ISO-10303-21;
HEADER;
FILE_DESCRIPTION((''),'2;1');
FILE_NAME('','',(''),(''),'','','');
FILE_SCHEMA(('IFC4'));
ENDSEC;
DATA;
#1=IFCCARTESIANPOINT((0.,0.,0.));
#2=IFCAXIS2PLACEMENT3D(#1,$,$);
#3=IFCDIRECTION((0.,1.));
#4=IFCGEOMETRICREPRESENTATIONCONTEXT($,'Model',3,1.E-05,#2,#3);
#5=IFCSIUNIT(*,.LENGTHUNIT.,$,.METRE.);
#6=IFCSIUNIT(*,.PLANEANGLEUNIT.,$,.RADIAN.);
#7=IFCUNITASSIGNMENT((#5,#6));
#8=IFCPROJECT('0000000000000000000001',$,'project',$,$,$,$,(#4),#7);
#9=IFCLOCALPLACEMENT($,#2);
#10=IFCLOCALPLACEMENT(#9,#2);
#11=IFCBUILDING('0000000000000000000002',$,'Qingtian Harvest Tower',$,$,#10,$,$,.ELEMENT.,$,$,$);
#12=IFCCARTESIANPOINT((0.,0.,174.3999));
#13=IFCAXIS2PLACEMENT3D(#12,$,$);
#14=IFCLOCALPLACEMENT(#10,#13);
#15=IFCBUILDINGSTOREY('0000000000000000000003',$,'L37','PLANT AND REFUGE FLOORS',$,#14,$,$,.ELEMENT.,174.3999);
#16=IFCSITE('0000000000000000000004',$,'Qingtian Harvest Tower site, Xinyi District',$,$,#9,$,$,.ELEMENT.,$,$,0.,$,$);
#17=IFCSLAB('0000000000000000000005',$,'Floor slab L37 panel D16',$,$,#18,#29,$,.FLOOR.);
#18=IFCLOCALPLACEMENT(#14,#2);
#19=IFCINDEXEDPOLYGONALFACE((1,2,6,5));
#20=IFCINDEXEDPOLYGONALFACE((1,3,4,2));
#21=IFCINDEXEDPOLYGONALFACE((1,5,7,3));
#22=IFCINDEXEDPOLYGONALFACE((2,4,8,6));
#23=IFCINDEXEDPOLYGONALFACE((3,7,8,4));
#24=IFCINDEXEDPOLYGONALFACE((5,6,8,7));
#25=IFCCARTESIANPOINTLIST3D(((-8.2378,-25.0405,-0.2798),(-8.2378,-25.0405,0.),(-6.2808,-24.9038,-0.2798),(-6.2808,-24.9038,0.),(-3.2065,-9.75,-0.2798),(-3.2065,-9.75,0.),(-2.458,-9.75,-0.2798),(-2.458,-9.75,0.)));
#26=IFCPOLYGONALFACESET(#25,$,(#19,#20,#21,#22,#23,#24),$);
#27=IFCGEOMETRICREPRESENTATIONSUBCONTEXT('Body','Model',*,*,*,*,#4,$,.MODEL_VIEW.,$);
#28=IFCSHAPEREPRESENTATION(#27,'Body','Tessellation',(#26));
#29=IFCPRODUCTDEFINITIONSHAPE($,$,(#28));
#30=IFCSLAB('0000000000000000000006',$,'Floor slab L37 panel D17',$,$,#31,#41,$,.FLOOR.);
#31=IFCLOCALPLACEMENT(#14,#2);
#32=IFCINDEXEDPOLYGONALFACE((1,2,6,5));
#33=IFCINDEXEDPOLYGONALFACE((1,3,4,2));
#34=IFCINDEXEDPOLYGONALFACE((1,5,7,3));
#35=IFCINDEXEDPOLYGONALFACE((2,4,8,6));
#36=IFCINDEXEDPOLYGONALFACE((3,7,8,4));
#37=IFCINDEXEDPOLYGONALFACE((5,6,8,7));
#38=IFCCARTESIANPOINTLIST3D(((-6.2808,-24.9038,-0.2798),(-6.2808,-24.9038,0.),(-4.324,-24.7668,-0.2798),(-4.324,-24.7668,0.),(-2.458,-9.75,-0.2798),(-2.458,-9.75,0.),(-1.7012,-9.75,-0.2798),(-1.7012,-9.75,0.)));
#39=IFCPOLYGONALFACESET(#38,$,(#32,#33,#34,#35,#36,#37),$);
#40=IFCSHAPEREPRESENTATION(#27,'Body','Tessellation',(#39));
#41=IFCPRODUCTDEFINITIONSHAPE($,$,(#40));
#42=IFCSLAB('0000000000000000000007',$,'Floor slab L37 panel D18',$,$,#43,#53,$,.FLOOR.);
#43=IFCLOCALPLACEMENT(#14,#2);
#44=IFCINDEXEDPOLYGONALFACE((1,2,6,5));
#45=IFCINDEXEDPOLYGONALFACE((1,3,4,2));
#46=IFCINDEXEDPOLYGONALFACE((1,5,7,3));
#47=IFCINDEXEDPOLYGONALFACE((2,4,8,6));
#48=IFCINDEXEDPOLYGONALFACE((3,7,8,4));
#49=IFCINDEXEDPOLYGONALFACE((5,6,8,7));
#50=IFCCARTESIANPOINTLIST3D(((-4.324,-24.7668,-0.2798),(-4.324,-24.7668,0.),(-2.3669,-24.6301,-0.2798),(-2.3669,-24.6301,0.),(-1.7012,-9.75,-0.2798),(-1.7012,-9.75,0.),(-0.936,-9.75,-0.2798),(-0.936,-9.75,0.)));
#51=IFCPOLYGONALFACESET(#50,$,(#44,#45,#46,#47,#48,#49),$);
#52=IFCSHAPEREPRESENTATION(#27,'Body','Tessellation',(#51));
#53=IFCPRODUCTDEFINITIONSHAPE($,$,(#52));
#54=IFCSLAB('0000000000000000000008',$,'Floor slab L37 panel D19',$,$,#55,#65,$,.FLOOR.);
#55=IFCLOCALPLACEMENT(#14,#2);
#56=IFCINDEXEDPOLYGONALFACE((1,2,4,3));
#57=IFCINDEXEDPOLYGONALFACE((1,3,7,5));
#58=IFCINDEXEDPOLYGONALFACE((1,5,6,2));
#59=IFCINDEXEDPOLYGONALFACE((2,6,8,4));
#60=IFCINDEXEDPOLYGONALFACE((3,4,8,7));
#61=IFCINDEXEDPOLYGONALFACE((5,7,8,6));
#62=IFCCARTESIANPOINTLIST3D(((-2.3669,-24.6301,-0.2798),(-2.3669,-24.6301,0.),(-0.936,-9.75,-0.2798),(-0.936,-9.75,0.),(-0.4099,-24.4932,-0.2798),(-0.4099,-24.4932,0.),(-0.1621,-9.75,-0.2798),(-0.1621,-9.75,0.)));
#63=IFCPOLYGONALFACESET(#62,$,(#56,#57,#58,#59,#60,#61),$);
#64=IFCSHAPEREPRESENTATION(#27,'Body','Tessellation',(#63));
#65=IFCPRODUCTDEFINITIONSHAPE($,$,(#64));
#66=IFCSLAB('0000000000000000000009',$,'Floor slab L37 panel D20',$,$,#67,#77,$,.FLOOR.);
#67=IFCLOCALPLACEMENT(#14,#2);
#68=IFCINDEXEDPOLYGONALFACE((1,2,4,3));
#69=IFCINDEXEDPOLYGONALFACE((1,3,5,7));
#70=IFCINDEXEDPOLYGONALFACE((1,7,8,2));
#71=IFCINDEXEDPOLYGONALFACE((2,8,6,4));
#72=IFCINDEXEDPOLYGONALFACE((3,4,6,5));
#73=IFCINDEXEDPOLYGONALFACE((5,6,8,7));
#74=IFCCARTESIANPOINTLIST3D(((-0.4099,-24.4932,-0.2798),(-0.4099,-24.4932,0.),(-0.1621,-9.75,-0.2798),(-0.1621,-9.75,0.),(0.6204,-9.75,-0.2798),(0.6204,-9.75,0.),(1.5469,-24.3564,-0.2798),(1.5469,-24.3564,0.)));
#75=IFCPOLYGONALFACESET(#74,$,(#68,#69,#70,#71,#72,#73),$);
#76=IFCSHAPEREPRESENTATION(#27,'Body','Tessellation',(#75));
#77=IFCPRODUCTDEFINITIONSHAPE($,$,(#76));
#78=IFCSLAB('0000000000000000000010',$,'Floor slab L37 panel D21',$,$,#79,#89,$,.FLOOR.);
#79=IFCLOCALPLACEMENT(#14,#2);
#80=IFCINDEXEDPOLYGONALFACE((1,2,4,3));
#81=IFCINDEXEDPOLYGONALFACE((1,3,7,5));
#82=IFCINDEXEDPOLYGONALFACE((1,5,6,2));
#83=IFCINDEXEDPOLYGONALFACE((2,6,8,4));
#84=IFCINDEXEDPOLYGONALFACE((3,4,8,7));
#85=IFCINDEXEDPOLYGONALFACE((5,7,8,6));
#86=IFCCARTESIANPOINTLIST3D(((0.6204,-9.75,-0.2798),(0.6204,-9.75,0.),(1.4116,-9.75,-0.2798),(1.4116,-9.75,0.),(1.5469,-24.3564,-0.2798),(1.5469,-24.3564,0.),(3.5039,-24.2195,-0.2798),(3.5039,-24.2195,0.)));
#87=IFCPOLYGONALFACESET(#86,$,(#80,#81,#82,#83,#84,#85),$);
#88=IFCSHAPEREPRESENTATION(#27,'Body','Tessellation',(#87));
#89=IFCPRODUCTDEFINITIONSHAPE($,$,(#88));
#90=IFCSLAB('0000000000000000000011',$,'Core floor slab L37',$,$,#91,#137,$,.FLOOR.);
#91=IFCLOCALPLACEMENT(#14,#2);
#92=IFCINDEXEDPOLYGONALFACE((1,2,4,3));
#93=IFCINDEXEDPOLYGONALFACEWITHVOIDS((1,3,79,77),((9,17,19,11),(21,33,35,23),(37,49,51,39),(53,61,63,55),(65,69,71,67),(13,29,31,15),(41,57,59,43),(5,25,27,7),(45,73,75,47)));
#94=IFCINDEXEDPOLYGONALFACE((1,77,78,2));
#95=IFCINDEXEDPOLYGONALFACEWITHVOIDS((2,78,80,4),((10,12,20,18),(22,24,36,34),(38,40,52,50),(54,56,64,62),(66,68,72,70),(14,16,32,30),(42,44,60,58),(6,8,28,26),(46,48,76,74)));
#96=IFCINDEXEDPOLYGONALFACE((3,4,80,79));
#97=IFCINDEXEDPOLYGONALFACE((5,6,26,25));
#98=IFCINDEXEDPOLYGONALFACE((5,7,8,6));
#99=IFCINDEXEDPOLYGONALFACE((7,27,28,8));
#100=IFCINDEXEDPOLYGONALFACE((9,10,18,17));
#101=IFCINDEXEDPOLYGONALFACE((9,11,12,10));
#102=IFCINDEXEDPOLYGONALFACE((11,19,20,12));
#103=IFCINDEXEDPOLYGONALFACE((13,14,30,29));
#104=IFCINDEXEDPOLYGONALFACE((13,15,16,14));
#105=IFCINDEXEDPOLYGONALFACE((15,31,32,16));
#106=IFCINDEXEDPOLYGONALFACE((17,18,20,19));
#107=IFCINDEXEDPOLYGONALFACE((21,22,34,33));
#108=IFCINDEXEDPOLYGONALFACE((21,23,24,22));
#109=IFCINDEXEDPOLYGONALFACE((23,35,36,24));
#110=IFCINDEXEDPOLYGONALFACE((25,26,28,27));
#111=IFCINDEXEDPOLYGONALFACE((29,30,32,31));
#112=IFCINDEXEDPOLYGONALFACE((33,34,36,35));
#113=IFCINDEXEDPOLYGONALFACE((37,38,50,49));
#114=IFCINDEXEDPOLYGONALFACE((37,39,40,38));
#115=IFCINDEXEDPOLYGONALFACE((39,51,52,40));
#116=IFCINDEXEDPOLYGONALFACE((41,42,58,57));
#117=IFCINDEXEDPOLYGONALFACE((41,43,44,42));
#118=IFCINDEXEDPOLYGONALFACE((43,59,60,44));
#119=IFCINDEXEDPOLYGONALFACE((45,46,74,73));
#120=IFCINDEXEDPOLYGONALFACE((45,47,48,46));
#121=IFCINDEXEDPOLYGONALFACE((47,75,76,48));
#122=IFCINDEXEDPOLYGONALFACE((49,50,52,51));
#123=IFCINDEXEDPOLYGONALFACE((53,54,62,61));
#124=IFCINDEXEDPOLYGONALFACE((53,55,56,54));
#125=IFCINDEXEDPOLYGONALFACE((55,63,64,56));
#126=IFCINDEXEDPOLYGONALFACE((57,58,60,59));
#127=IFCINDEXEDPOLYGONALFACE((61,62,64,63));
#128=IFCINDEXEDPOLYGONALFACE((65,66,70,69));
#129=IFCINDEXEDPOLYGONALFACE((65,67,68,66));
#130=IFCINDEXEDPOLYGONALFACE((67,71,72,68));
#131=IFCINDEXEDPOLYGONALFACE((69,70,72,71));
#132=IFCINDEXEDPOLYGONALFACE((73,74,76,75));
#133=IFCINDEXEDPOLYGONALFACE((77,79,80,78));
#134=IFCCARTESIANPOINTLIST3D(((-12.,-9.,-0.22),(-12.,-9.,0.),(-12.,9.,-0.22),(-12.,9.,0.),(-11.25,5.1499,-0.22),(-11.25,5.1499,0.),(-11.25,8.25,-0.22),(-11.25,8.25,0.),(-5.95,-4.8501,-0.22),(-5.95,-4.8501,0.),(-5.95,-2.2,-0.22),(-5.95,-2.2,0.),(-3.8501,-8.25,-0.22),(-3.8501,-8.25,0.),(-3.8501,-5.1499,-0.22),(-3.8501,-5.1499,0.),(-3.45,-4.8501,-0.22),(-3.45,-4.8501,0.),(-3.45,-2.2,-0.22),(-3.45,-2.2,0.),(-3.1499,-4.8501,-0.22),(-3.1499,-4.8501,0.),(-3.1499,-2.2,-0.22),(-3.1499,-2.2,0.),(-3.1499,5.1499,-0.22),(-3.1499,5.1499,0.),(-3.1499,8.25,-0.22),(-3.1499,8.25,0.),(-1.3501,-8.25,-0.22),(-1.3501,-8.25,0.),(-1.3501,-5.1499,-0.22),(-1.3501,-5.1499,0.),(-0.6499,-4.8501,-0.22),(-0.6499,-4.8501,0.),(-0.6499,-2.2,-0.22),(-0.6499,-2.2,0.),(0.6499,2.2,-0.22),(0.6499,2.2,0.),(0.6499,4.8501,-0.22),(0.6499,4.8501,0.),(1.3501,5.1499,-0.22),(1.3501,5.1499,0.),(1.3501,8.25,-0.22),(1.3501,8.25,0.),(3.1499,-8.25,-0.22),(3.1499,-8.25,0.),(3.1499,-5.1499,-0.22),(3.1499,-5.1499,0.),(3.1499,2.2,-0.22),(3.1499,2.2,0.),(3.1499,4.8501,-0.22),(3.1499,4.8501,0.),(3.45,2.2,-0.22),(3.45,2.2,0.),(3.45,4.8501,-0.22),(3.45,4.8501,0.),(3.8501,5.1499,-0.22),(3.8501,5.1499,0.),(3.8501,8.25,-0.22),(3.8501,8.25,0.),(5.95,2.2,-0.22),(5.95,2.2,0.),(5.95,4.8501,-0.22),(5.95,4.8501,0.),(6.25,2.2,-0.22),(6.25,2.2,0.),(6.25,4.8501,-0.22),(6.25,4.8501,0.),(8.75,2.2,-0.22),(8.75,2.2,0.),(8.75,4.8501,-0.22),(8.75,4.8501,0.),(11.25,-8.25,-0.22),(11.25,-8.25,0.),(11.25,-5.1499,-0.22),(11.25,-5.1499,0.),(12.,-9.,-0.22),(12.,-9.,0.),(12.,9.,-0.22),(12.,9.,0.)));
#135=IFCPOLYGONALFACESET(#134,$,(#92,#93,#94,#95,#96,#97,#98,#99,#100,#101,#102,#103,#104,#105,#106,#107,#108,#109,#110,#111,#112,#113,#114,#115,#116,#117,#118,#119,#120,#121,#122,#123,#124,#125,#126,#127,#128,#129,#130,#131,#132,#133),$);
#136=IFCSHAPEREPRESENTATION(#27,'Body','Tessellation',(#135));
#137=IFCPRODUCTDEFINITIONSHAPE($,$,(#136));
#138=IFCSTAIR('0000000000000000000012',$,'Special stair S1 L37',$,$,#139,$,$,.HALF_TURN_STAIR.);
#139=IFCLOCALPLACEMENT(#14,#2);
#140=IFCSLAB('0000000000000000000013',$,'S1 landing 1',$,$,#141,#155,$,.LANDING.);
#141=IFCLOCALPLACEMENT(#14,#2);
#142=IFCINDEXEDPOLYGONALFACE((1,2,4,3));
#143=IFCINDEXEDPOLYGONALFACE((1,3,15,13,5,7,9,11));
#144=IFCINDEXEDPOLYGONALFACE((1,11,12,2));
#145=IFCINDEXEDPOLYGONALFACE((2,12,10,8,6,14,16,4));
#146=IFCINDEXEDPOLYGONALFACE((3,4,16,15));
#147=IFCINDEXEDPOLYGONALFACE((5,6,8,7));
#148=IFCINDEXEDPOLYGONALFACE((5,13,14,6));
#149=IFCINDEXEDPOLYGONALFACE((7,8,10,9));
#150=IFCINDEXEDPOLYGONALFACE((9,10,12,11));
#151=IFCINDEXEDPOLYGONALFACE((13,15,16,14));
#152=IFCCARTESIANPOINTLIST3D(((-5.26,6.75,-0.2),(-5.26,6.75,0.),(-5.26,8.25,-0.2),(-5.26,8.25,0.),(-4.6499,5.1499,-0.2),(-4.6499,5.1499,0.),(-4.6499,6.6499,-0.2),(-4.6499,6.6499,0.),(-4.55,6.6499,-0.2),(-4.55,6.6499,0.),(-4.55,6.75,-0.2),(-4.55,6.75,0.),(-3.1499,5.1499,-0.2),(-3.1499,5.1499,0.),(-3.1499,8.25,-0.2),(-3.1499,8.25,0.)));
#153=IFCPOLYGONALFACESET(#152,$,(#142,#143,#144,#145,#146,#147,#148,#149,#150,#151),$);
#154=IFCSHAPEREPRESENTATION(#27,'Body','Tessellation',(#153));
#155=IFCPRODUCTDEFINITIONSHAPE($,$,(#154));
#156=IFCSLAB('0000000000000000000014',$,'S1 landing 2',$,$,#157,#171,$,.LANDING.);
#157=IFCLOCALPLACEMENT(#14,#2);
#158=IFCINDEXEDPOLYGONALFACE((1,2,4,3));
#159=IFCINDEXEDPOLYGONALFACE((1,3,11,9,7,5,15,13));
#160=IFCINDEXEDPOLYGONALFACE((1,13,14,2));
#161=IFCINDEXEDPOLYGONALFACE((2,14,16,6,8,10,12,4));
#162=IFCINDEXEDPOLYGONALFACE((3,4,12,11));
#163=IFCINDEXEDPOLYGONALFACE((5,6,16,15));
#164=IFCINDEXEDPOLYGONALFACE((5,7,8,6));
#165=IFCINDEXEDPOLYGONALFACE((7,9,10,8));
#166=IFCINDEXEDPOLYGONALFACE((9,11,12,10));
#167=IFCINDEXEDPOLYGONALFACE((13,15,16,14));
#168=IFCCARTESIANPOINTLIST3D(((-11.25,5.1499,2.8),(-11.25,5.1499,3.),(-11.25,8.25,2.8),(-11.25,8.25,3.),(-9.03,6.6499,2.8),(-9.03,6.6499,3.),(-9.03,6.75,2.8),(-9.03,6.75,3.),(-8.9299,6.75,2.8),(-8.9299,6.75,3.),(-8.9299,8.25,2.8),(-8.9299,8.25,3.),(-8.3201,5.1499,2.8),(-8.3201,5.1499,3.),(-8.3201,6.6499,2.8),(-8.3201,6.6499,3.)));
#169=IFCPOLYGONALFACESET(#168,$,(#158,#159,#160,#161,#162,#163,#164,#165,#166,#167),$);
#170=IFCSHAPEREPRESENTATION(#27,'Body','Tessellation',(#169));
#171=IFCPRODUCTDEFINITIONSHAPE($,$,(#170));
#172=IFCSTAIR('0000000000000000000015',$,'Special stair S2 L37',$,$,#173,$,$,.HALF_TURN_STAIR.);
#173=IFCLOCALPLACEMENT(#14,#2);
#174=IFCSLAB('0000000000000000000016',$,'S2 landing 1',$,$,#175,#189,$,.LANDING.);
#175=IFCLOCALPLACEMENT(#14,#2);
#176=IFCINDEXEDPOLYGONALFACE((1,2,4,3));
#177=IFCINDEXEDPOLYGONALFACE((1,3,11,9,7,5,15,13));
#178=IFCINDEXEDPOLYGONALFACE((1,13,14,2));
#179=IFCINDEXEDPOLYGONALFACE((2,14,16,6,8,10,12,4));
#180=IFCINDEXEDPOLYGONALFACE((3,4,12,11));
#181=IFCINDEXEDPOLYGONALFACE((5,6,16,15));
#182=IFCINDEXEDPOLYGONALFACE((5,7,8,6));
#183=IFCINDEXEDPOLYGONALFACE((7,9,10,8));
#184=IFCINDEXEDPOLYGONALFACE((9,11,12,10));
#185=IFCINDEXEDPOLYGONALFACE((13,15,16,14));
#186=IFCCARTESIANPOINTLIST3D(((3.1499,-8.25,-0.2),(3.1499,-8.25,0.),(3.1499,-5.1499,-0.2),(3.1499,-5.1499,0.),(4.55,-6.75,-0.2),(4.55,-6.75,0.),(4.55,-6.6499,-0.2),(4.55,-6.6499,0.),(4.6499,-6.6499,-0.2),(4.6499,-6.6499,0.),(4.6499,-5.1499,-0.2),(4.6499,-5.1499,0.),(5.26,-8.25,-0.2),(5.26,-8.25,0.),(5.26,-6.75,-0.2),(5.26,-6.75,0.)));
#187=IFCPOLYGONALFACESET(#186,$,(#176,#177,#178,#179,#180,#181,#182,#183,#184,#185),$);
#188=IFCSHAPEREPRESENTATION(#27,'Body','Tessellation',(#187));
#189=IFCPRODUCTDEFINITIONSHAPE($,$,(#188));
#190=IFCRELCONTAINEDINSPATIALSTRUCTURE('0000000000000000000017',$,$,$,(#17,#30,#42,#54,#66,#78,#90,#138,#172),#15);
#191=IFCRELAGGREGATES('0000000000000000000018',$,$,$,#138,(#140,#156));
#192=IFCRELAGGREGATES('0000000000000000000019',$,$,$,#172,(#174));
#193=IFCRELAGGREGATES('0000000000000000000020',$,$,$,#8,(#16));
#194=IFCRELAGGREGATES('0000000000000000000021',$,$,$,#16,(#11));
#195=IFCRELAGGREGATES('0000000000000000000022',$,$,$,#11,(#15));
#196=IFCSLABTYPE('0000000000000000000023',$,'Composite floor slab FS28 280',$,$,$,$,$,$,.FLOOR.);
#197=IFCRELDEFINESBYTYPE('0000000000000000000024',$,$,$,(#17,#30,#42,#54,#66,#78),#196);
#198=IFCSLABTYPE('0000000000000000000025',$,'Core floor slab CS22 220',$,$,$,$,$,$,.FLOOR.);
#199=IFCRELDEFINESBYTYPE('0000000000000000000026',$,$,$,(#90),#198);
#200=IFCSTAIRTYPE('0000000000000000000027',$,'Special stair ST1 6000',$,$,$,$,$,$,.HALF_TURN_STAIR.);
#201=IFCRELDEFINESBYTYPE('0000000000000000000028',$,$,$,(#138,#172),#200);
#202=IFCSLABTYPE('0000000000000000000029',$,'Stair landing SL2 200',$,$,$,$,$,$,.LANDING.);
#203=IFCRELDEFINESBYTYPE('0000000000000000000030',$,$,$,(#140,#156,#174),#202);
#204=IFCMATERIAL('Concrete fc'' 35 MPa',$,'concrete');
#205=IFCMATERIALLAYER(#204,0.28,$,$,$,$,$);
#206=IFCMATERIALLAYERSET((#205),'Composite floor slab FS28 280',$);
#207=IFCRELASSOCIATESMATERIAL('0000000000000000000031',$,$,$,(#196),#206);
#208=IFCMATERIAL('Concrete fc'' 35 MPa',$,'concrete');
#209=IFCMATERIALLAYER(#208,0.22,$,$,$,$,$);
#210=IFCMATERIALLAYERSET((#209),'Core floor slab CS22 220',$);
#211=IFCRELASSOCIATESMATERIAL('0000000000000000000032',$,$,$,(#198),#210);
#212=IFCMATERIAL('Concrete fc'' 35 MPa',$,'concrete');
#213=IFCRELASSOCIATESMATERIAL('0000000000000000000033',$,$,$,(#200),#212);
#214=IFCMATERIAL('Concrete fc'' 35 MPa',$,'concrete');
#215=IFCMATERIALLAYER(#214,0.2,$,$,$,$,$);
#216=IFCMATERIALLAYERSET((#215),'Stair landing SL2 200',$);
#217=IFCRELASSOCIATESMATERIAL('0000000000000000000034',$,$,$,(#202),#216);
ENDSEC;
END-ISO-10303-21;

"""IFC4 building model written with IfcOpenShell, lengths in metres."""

from ifc_helpers import new_model, si_unit, direction, frame, origin, place, context, subcontext, project, spatial, polyline, outline, extrude, material, layer, layer_set, type_object, element, aggregate, save


model = new_model("IFC4")

# Units and contexts
model_context = context("Model", 3, precision=1e-05, world=origin(), true_north=direction((0.0, 1.0)))
body_context = subcontext(model_context, "Body", "Model", "MODEL_VIEW")
ifc_project = project(units=[si_unit("LENGTHUNIT", "METRE"), si_unit("PLANEANGLEUNIT", "RADIAN")], contexts=[model_context])

# Site, building, storey
site_placement = place(None, origin())
site = spatial("IfcSite", under=ifc_project, at=site_placement, Name="Qingtian Harvest Tower site, Xinyi District", CompositionType="ELEMENT", RefElevation=0.0)
building_placement = place(site_placement, origin())
building = spatial("IfcBuilding", under=site, at=building_placement, Name="Qingtian Harvest Tower", CompositionType="ELEMENT")
storey_placement = place(building_placement, frame((0.0, 0.0, 174.3999)))
storey = spatial("IfcBuildingStorey", under=building, at=storey_placement, Name="L37", Description="PLANT AND REFUGE FLOORS", CompositionType="ELEMENT", Elevation=174.3999)

# Slabs
ifc_material_1 = material(Name="Concrete fc' 35 MPa", Category="concrete")
ifc_layer_1 = layer(ifc_material_1, 0.28)
ifc_layer_set_1 = layer_set([ifc_layer_1], Name="Composite floor slab FS28 280")
slab_type_1 = type_object("IfcSlabType", Name="Composite floor slab FS28 280", PredefinedType="FLOOR", material=ifc_layer_set_1)
slab_1_placement = place(storey_placement, frame((0.0, 0.0, -0.2798)))
element("IfcSlab", 1, at=slab_1_placement, inside=storey, type_object=slab_type_1, Name="Floor slab L37 panel D16", PredefinedType="FLOOR", context=body_context, shape_type="SweptSolid", body=[
    extrude(outline(polyline([(-2.458, -9.75), (-6.2808, -24.9038), (-8.2378, -25.0405), (-3.2065, -9.75), (-2.458, -9.75)])), origin(), (0.0, 0.0, 1.0), 0.2798),
])
slab_2_placement = place(storey_placement, frame((0.0, 0.0, -0.2798)))
element("IfcSlab", 2, at=slab_2_placement, inside=storey, type_object=slab_type_1, Name="Floor slab L37 panel D17", PredefinedType="FLOOR", context=body_context, shape_type="SweptSolid", body=[
    extrude(outline(polyline([(-1.7012, -9.75), (-4.324, -24.7668), (-6.2808, -24.9038), (-2.458, -9.75), (-1.7012, -9.75)])), origin(), (0.0, 0.0, 1.0), 0.2798),
])
slab_3_placement = place(storey_placement, frame((0.0, 0.0, -0.2798)))
element("IfcSlab", 3, at=slab_3_placement, inside=storey, type_object=slab_type_1, Name="Floor slab L37 panel D18", PredefinedType="FLOOR", context=body_context, shape_type="SweptSolid", body=[
    extrude(outline(polyline([(-0.936, -9.75), (-2.3669, -24.6301), (-4.324, -24.7668), (-1.7012, -9.75), (-0.936, -9.75)])), origin(), (0.0, 0.0, 1.0), 0.2798),
])
slab_4_placement = place(storey_placement, frame((0.0, 0.0, -0.2798)))
element("IfcSlab", 4, at=slab_4_placement, inside=storey, type_object=slab_type_1, Name="Floor slab L37 panel D19", PredefinedType="FLOOR", context=body_context, shape_type="SweptSolid", body=[
    extrude(outline(polyline([(-0.1621, -9.75), (-0.4099, -24.4932), (-2.3669, -24.6301), (-0.936, -9.75), (-0.1621, -9.75)])), origin(), (0.0, 0.0, 1.0), 0.2798),
])
slab_5_placement = place(storey_placement, frame((0.0, 0.0, -0.2798)))
element("IfcSlab", 5, at=slab_5_placement, inside=storey, type_object=slab_type_1, Name="Floor slab L37 panel D20", PredefinedType="FLOOR", context=body_context, shape_type="SweptSolid", body=[
    extrude(outline(polyline([(0.6204, -9.75), (1.5469, -24.3564), (-0.4099, -24.4932), (-0.1621, -9.75), (0.6204, -9.75)])), origin(), (0.0, 0.0, 1.0), 0.2798),
])
slab_6_placement = place(storey_placement, frame((0.0, 0.0, -0.2798)))
element("IfcSlab", 6, at=slab_6_placement, inside=storey, type_object=slab_type_1, Name="Floor slab L37 panel D21", PredefinedType="FLOOR", context=body_context, shape_type="SweptSolid", body=[
    extrude(outline(polyline([(1.4116, -9.75), (3.5039, -24.2195), (1.5469, -24.3564), (0.6204, -9.75), (1.4116, -9.75)])), origin(), (0.0, 0.0, 1.0), 0.2798),
])
ifc_material_2 = material(Name="Concrete fc' 35 MPa", Category="concrete")
ifc_layer_2 = layer(ifc_material_2, 0.22)
ifc_layer_set_2 = layer_set([ifc_layer_2], Name="Core floor slab CS22 220")
slab_type_2 = type_object("IfcSlabType", Name="Core floor slab CS22 220", PredefinedType="FLOOR", material=ifc_layer_set_2)
slab_7_placement = place(storey_placement, frame((0.0, 0.0, -0.22)))
element("IfcSlab", 7, at=slab_7_placement, inside=storey, type_object=slab_type_2, Name="Core floor slab L37", PredefinedType="FLOOR", context=body_context, shape_type="SweptSolid", body=[
    extrude(outline(polyline([(-12.0, -9.0), (12.0, -9.0), (12.0, 9.0), (-12.0, 9.0), (-12.0, -9.0)]), holes=[polyline([(-11.25, 5.1499), (-3.1499, 5.1499), (-3.1499, 8.25), (-11.25, 8.25), (-11.25, 5.1499)]), polyline([(3.1499, -8.25), (11.25, -8.25), (11.25, -5.1499), (3.1499, -5.1499), (3.1499, -8.25)]), polyline([(1.3501, 5.1499), (3.8501, 5.1499), (3.8501, 8.25), (1.3501, 8.25), (1.3501, 5.1499)]), polyline([(-3.8501, -8.25), (-1.3501, -8.25), (-1.3501, -5.1499), (-3.8501, -5.1499), (-3.8501, -8.25)]), polyline([(0.6499, 2.2), (3.1499, 2.2), (3.1499, 4.8501), (0.6499, 4.8501), (0.6499, 2.2)]), polyline([(3.45, 2.2), (5.95, 2.2), (5.95, 4.8501), (3.45, 4.8501), (3.45, 2.2)]), polyline([(6.25, 2.2), (8.75, 2.2), (8.75, 4.8501), (6.25, 4.8501), (6.25, 2.2)]), polyline([(-5.95, -4.8501), (-3.45, -4.8501), (-3.45, -2.2), (-5.95, -2.2), (-5.95, -4.8501)]), polyline([(-3.1499, -4.8501), (-0.6499, -4.8501), (-0.6499, -2.2), (-3.1499, -2.2), (-3.1499, -4.8501)])]), origin(), (0.0, 0.0, 1.0), 0.22),
])

# Stairs, slabs
ifc_material_3 = material(Name="Concrete fc' 35 MPa", Category="concrete")
stair_type = type_object("IfcStairType", Name="Special stair ST1 6000", PredefinedType="HALF_TURN_STAIR", material=ifc_material_3)
stair_1_placement = place(storey_placement, origin())
stair_1 = element("IfcStair", 8, at=stair_1_placement, inside=storey, type_object=stair_type, Name="Special stair S1 L37", PredefinedType="HALF_TURN_STAIR")
ifc_material_4 = material(Name="Concrete fc' 35 MPa", Category="concrete")
ifc_layer_3 = layer(ifc_material_4, 0.2)
ifc_layer_set_3 = layer_set([ifc_layer_3], Name="Stair landing SL2 200")
slab_type_3 = type_object("IfcSlabType", Name="Stair landing SL2 200", PredefinedType="LANDING", material=ifc_layer_set_3)
slab_8_placement = place(storey_placement, frame((0.0, 0.0, -0.2)))
slab_8 = element("IfcSlab", 9, at=slab_8_placement, type_object=slab_type_3, Name="S1 landing 1", PredefinedType="LANDING", context=body_context, shape_type="SweptSolid", body=[
    extrude(outline(polyline([(-4.6499, 5.1499), (-4.6499, 6.6499), (-4.55, 6.6499), (-4.55, 6.75), (-5.26, 6.75), (-5.26, 8.25), (-3.1499, 8.25), (-3.1499, 5.1499), (-4.6499, 5.1499)])), origin(), (0.0, 0.0, 1.0), 0.2),
])
slab_9_placement = place(storey_placement, frame((0.0, 0.0, 2.8)))
slab_9 = element("IfcSlab", 10, at=slab_9_placement, type_object=slab_type_3, Name="S1 landing 2", PredefinedType="LANDING", context=body_context, shape_type="SweptSolid", body=[
    extrude(outline(polyline([(-8.3201, 5.1499), (-11.25, 5.1499), (-11.25, 8.25), (-8.9299, 8.25), (-8.9299, 6.75), (-9.03, 6.75), (-9.03, 6.6499), (-8.3201, 6.6499), (-8.3201, 5.1499)])), origin(), (0.0, 0.0, 1.0), 0.2),
])
aggregate(stair_1, [slab_8, slab_9])
stair_2_placement = place(storey_placement, origin())
stair_2 = element("IfcStair", 11, at=stair_2_placement, inside=storey, type_object=stair_type, Name="Special stair S2 L37", PredefinedType="HALF_TURN_STAIR")
slab_10_placement = place(storey_placement, frame((0.0, 0.0, -0.2)))
slab_10 = element("IfcSlab", 12, at=slab_10_placement, type_object=slab_type_3, Name="S2 landing 1", PredefinedType="LANDING", context=body_context, shape_type="SweptSolid", body=[
    extrude(outline(polyline([(5.26, -8.25), (3.1499, -8.25), (3.1499, -5.1499), (4.6499, -5.1499), (4.6499, -6.6499), (4.55, -6.6499), (4.55, -6.75), (5.26, -6.75), (5.26, -8.25)])), origin(), (0.0, 0.0, 1.0), 0.2),
])
aggregate(stair_2, [slab_10])

save(model, "model.ifc")
